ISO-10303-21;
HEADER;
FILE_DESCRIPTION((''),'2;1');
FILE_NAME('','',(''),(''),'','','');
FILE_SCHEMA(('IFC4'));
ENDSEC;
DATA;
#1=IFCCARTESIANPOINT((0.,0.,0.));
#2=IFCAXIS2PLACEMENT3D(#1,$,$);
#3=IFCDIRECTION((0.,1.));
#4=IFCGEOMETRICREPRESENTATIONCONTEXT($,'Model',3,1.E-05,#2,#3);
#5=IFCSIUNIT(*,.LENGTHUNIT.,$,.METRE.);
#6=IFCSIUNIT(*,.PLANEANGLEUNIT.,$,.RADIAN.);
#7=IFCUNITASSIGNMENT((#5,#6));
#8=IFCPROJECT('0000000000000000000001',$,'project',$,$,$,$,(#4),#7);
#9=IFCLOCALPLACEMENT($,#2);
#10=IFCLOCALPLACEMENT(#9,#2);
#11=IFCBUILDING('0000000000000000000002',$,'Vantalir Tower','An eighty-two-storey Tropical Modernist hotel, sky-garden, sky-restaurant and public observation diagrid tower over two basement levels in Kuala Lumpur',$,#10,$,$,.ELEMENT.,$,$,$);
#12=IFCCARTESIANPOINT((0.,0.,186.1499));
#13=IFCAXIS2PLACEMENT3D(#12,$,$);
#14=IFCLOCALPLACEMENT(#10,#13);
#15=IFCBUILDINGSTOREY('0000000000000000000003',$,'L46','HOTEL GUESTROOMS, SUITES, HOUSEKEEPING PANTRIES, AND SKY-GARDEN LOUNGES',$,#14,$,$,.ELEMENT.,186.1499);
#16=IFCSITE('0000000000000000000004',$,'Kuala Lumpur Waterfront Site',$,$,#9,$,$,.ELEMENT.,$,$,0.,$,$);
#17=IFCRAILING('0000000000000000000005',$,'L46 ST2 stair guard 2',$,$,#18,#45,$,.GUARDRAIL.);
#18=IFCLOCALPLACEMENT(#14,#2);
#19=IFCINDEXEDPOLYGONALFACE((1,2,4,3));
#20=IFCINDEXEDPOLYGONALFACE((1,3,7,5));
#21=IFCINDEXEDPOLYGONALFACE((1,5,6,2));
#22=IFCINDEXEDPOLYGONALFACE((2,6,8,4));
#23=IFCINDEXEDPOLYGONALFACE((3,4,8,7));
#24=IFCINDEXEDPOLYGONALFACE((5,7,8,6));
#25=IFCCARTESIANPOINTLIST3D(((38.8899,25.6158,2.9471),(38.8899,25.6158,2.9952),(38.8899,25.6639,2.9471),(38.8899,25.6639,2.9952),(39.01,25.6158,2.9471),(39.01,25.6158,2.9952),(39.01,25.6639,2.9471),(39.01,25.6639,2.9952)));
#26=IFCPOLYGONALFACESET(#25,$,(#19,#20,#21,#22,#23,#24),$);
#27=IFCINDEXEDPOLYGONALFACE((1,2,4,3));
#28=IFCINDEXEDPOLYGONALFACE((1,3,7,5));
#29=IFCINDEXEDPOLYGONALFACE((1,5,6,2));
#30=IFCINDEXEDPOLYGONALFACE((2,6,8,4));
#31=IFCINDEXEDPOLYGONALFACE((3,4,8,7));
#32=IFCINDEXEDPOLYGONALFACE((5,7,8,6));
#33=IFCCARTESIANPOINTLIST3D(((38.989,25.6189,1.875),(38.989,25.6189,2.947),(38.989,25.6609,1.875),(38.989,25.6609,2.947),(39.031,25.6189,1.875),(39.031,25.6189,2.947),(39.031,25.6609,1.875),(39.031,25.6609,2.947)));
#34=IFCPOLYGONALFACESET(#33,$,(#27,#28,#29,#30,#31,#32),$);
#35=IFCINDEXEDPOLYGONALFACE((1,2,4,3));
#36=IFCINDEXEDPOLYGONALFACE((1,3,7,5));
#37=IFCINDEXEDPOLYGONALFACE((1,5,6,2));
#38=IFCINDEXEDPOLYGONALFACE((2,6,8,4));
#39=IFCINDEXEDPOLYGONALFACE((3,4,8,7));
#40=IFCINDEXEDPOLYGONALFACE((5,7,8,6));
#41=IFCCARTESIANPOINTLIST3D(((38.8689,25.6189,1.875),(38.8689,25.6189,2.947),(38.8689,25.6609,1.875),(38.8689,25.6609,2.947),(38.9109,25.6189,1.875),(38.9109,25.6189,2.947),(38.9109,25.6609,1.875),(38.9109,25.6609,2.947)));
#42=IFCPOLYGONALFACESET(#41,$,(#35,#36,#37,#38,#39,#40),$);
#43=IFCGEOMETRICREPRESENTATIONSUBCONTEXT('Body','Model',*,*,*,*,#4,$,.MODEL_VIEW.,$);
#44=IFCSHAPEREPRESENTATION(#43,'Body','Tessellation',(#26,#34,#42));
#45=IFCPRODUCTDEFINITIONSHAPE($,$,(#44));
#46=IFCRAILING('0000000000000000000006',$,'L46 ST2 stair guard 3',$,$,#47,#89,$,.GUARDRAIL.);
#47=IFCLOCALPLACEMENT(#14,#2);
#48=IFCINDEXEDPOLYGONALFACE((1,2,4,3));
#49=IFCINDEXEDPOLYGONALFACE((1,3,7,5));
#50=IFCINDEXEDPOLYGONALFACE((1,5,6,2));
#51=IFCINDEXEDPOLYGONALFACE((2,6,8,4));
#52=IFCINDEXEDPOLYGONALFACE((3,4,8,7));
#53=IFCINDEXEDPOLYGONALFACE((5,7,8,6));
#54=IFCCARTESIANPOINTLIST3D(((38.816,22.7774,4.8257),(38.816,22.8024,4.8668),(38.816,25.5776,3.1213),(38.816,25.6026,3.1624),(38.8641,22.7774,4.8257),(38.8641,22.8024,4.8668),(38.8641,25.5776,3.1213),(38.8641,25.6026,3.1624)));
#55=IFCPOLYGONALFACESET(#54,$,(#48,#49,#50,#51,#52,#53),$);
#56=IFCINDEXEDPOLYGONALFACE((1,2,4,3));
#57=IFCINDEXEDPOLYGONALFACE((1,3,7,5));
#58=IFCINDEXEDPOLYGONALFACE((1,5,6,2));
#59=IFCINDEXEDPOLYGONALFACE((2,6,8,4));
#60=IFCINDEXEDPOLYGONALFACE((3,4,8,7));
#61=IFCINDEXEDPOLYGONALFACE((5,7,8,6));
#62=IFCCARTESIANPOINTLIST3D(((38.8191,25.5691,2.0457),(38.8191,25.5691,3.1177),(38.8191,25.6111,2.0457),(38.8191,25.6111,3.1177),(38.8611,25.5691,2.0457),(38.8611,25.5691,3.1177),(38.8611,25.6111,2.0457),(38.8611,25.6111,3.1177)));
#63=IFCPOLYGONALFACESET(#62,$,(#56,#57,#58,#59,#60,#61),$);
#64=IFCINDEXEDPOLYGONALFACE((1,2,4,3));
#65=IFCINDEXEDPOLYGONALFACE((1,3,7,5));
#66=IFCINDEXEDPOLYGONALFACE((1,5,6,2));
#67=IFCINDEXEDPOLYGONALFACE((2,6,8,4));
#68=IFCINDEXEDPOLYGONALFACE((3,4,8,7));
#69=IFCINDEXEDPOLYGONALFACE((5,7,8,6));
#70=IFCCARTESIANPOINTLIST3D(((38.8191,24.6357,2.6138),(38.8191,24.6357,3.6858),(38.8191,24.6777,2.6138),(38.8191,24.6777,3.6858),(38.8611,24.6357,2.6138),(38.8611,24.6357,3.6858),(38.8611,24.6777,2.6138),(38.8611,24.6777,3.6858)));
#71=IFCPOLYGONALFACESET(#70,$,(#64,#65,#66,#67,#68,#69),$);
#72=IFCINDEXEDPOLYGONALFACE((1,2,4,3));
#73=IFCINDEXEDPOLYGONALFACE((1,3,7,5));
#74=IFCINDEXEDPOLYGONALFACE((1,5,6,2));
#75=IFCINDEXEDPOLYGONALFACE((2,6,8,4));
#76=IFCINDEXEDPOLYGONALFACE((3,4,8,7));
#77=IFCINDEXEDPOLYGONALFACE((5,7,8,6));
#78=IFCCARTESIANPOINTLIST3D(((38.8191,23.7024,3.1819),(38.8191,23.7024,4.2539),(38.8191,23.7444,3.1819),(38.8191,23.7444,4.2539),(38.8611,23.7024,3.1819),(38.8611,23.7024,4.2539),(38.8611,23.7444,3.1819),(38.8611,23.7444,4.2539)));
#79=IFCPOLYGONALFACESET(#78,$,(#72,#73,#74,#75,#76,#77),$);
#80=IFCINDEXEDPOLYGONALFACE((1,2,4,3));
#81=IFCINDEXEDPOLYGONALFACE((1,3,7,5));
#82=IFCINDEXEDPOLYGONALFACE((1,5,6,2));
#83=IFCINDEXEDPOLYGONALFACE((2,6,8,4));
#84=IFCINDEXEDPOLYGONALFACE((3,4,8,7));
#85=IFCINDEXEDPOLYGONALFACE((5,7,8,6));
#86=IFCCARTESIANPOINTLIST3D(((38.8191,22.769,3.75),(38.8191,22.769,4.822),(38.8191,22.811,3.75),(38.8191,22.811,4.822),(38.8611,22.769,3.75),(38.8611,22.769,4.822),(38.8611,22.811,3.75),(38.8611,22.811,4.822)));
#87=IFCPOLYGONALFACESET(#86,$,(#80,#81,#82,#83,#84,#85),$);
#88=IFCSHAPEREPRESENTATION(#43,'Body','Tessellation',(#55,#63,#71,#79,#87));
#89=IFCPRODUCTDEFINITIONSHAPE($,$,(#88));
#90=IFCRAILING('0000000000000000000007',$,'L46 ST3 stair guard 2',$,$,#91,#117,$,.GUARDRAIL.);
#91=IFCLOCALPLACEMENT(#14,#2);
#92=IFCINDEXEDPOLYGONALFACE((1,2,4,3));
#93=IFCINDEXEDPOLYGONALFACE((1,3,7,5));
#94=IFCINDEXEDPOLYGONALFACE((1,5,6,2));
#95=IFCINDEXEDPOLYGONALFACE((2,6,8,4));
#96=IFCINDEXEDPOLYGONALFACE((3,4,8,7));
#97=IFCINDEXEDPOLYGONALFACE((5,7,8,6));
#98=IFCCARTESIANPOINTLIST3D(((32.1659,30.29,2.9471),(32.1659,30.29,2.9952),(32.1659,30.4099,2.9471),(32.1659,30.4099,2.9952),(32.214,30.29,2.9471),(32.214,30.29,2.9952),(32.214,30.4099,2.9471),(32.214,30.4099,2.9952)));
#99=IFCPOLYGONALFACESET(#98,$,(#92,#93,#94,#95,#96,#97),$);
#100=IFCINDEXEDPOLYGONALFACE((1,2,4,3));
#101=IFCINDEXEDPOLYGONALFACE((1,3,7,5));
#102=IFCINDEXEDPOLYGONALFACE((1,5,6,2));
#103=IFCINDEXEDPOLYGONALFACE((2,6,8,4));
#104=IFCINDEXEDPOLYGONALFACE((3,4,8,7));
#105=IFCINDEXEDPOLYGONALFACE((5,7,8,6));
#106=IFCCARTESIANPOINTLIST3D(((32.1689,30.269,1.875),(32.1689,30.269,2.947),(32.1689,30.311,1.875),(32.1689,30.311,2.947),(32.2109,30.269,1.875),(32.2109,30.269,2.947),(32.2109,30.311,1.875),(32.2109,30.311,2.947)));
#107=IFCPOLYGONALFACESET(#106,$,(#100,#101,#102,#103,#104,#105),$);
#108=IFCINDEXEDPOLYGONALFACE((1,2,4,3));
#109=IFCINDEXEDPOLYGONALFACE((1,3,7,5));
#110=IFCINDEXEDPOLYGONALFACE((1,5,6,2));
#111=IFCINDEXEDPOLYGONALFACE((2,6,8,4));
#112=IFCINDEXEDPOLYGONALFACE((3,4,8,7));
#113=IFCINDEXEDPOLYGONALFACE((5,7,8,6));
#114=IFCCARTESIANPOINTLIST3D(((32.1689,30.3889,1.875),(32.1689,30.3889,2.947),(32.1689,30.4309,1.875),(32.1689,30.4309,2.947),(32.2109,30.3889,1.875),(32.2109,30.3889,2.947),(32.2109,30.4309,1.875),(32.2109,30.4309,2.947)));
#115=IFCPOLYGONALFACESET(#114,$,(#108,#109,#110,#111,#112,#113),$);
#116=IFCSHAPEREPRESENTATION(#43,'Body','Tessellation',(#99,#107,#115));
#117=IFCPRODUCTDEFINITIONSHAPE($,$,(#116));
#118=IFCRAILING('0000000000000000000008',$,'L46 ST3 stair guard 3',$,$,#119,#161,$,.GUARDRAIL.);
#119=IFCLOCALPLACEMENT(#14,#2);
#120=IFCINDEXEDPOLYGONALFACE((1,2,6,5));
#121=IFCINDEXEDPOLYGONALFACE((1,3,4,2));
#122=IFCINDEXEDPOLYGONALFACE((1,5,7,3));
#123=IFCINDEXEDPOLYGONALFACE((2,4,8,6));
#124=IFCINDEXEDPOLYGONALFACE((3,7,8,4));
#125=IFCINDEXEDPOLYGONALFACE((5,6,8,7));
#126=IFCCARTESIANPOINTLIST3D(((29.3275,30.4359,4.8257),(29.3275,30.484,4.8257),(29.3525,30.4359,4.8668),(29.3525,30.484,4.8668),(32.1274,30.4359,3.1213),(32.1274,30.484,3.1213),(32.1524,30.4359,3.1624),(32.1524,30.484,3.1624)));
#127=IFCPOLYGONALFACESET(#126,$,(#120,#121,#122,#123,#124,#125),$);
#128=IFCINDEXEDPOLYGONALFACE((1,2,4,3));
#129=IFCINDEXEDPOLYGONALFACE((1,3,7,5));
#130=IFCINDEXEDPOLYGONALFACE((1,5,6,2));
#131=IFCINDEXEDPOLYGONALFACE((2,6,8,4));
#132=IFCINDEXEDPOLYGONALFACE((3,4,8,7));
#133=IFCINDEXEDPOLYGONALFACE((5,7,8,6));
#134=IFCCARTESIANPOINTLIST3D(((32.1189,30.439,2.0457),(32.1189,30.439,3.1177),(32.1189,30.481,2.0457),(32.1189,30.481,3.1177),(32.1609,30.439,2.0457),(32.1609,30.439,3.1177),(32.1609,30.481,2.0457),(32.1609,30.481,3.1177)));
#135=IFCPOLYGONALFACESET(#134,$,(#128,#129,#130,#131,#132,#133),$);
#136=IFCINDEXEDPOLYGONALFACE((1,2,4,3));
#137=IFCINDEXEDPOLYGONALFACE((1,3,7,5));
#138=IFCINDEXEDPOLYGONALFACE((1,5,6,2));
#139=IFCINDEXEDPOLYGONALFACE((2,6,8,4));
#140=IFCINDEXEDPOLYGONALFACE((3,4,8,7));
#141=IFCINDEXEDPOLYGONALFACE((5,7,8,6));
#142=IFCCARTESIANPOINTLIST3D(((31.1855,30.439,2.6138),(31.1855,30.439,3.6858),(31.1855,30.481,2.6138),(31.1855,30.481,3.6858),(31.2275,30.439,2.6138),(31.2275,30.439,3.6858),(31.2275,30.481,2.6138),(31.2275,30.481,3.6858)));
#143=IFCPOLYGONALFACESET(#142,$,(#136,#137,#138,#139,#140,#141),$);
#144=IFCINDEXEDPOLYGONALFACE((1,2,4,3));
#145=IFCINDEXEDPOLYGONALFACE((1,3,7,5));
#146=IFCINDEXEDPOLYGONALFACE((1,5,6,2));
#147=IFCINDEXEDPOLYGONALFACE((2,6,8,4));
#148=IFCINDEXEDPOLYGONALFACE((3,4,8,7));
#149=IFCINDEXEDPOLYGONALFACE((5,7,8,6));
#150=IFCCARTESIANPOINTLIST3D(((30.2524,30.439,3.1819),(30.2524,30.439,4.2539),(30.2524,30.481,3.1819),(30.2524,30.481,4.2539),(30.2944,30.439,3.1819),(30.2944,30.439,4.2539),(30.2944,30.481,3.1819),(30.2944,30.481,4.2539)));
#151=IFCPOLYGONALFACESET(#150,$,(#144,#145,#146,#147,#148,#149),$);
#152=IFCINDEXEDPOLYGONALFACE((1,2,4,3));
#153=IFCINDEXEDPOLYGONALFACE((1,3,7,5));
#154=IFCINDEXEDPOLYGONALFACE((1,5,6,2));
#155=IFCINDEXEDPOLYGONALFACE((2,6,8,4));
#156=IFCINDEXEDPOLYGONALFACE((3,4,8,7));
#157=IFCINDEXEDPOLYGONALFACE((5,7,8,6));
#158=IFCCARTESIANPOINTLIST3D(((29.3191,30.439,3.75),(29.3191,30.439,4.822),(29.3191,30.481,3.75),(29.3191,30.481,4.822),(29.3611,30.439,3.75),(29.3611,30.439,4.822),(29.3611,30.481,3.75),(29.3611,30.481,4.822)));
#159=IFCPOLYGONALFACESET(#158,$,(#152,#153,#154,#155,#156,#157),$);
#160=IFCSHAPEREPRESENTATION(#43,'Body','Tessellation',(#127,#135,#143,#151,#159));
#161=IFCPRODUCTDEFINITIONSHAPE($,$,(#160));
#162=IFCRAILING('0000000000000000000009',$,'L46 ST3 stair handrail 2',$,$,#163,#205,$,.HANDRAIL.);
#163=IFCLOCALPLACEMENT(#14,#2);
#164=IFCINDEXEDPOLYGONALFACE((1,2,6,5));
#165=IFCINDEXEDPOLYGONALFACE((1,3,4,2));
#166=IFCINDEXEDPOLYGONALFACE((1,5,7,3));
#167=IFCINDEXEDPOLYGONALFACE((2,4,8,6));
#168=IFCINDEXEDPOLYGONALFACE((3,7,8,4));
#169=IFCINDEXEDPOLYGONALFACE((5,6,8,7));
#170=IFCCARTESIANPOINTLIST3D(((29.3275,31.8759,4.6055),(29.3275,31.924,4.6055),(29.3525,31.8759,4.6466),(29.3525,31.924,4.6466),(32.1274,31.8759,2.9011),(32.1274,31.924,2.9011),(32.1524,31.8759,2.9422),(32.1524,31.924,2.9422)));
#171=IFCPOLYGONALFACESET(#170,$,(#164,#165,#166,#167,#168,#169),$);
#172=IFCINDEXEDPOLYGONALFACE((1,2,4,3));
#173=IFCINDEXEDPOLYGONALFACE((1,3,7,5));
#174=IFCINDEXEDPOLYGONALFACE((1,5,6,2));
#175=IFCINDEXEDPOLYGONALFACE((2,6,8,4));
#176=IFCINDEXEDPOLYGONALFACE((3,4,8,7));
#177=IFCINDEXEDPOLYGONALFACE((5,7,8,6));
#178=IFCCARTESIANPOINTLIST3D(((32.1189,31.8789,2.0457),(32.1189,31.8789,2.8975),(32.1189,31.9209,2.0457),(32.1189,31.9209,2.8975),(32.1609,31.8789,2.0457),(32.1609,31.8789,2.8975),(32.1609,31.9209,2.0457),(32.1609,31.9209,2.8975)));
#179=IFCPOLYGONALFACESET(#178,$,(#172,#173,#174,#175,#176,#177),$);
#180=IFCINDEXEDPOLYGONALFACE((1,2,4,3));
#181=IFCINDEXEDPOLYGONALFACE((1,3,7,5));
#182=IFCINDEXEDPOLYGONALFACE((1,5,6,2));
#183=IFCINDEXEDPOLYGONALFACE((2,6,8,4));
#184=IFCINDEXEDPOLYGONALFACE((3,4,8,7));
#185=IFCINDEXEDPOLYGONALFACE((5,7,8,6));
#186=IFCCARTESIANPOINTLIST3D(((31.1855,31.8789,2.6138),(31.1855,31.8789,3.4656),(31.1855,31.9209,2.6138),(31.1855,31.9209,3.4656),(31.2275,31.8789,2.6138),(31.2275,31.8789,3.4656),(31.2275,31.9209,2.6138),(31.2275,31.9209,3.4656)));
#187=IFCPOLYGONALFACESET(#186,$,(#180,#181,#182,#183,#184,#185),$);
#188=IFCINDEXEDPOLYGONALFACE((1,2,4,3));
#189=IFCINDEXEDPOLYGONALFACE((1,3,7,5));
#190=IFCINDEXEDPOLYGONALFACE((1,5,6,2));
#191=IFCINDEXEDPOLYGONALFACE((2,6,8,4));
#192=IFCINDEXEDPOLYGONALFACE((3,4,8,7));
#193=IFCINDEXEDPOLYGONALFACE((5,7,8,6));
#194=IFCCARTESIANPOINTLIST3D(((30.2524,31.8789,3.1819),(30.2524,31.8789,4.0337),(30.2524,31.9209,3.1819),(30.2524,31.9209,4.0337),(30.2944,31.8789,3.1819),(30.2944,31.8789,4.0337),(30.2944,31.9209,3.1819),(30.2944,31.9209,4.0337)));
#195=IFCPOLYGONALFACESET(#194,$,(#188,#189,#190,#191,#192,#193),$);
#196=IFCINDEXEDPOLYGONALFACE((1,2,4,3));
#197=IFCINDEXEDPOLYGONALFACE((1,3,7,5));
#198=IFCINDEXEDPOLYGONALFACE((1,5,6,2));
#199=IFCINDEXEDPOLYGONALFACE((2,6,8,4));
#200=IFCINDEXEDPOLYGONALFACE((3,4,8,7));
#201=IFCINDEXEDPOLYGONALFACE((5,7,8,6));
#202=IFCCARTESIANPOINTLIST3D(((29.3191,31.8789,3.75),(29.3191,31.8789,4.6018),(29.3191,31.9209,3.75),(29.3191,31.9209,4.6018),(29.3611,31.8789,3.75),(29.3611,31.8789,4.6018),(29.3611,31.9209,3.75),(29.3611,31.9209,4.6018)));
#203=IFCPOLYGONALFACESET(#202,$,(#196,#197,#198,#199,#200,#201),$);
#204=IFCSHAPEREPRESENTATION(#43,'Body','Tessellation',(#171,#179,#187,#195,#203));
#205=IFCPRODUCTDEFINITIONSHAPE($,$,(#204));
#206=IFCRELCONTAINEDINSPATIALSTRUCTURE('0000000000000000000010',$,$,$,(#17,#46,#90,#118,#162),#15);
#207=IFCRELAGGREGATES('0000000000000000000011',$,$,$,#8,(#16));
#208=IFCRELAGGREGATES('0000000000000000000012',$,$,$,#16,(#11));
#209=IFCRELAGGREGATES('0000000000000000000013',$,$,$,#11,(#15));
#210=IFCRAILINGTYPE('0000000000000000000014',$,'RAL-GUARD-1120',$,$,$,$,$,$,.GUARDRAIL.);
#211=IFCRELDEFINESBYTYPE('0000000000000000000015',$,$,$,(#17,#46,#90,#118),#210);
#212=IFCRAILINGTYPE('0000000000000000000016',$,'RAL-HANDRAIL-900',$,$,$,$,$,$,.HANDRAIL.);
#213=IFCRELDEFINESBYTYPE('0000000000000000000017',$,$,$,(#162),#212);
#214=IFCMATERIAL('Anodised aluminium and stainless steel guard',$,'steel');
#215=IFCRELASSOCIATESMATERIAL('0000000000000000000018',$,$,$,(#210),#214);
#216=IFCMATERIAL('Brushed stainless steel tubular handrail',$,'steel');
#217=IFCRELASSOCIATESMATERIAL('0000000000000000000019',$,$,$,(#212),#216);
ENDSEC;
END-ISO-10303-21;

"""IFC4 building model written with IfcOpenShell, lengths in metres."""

from ifc_helpers import new_model, si_unit, direction, frame, origin, origin_2d, place, context, subcontext, project, spatial, rectangle, extrude, material, type_object, element, save


model = new_model("IFC4")

# Units and contexts
model_context = context("Model", 3, precision=1e-05, world=origin(), true_north=direction((0.0, 1.0)))
body_context = subcontext(model_context, "Body", "Model", "MODEL_VIEW")
ifc_project = project(units=[si_unit("LENGTHUNIT", "METRE"), si_unit("PLANEANGLEUNIT", "RADIAN")], contexts=[model_context])

# Site, building, storey
site_placement = place(None, origin())
site = spatial("IfcSite", under=ifc_project, at=site_placement, Name="Kuala Lumpur Waterfront Site", CompositionType="ELEMENT", RefElevation=0.0)
building_placement = place(site_placement, origin())
building = spatial("IfcBuilding", under=site, at=building_placement, Name="Vantalir Tower", Description="An eighty-two-storey Tropical Modernist hotel, sky-garden, sky-restaurant and public observation diagrid tower over two basement levels in Kuala Lumpur", CompositionType="ELEMENT")
storey_placement = place(building_placement, frame((0.0, 0.0, 186.1499)))
storey = spatial("IfcBuildingStorey", under=building, at=storey_placement, Name="L46", Description="HOTEL GUESTROOMS, SUITES, HOUSEKEEPING PANTRIES, AND SKY-GARDEN LOUNGES", CompositionType="ELEMENT", Elevation=186.1499)

# Railings
ifc_material_1 = material(Name="Anodised aluminium and stainless steel guard", Category="steel")
railing_type_1 = type_object("IfcRailingType", Name="RAL-GUARD-1120", PredefinedType="GUARDRAIL", material=ifc_material_1)
railing_1_placement = place(storey_placement, frame((39.01, 25.6399, 1.875)))
element("IfcRailing", 1, at=railing_1_placement, inside=storey, type_object=railing_type_1, Name="L46 ST2 stair guard 2", PredefinedType="GUARDRAIL", context=body_context, shape_type="SweptSolid", body=[
    extrude(rectangle(XDim=0.0481, YDim=0.0481, at=origin_2d()), frame((0.0, 0.0, 1.0962), z_axis=(-1.0, 0.0, 0.0), x_axis=(0.0, -1.0, 0.0)), (0.0, 0.0, 1.0), 0.1201),
    extrude(rectangle(XDim=0.042, YDim=0.042, at=origin_2d()), origin(), (0.0, 0.0, 1.0), 1.072),
    extrude(rectangle(XDim=0.042, YDim=0.042, at=origin_2d()), frame((-0.1201, 0.0, 0.0)), (0.0, 0.0, 1.0), 1.072),
])
railing_2_placement = place(storey_placement, frame((38.8401, 25.5901, 2.0457)))
element("IfcRailing", 2, at=railing_2_placement, inside=storey, type_object=railing_type_1, Name="L46 ST2 stair guard 3", PredefinedType="GUARDRAIL", context=body_context, shape_type="SweptSolid", body=[
    extrude(rectangle(XDim=0.0481, YDim=0.0481, at=origin_2d()), frame((0.0, 0.0, 1.0962), z_axis=(0.0, -0.854203, 0.51994), x_axis=(1.0, 0.0, 0.0)), (0.0, 0.0, 1.0), 3.2781),
    extrude(rectangle(XDim=0.042, YDim=0.042, at=origin_2d()), origin(), (0.0, 0.0, 1.0), 1.072),
    extrude(rectangle(XDim=0.042, YDim=0.042, at=origin_2d()), frame((0.0, -0.9333, 0.5681)), (0.0, 0.0, 1.0), 1.072),
    extrude(rectangle(XDim=0.042, YDim=0.042, at=origin_2d()), frame((0.0, -1.8667, 1.1362)), (0.0, 0.0, 1.0), 1.072),
    extrude(rectangle(XDim=0.042, YDim=0.042, at=origin_2d()), frame((0.0, -2.8, 1.7043)), (0.0, 0.0, 1.0), 1.072),
])
railing_3_placement = place(storey_placement, frame((32.1899, 30.29, 1.875)))
element("IfcRailing", 3, at=railing_3_placement, inside=storey, type_object=railing_type_1, Name="L46 ST3 stair guard 2", PredefinedType="GUARDRAIL", context=body_context, shape_type="SweptSolid", body=[
    extrude(rectangle(XDim=0.0481, YDim=0.0481, at=origin_2d()), frame((0.0, 0.0, 1.0962), z_axis=(0.0, 1.0, 0.0), x_axis=(-1.0, 0.0, 0.0)), (0.0, 0.0, 1.0), 0.1199),
    extrude(rectangle(XDim=0.042, YDim=0.042, at=origin_2d()), origin(), (0.0, 0.0, 1.0), 1.072),
    extrude(rectangle(XDim=0.042, YDim=0.042, at=origin_2d()), frame((0.0, 0.1199, 0.0)), (0.0, 0.0, 1.0), 1.072),
])
railing_4_placement = place(storey_placement, frame((32.1399, 30.46, 2.0457)))
element("IfcRailing", 4, at=railing_4_placement, inside=storey, type_object=railing_type_1, Name="L46 ST3 stair guard 3", PredefinedType="GUARDRAIL", context=body_context, shape_type="SweptSolid", body=[
    extrude(rectangle(XDim=0.0481, YDim=0.0481, at=origin_2d()), frame((0.0, 0.0, 1.0962), z_axis=(-0.854183, 0.0, 0.519973), x_axis=(0.0, -1.0, 0.0)), (0.0, 0.0, 1.0), 3.2778),
    extrude(rectangle(XDim=0.042, YDim=0.042, at=origin_2d()), origin(), (0.0, 0.0, 1.0), 1.072),
    extrude(rectangle(XDim=0.042, YDim=0.042, at=origin_2d()), frame((-0.9333, 0.0, 0.5681)), (0.0, 0.0, 1.0), 1.072),
    extrude(rectangle(XDim=0.042, YDim=0.042, at=origin_2d()), frame((-1.8665, 0.0, 1.1362)), (0.0, 0.0, 1.0), 1.072),
    extrude(rectangle(XDim=0.042, YDim=0.042, at=origin_2d()), frame((-2.7998, 0.0, 1.7043)), (0.0, 0.0, 1.0), 1.072),
])
ifc_material_2 = material(Name="Brushed stainless steel tubular handrail", Category="steel")
railing_type_2 = type_object("IfcRailingType", Name="RAL-HANDRAIL-900", PredefinedType="HANDRAIL", material=ifc_material_2)
railing_5_placement = place(storey_placement, frame((32.1399, 31.8999, 2.0457)))
element("IfcRailing", 5, at=railing_5_placement, inside=storey, type_object=railing_type_2, Name="L46 ST3 stair handrail 2", PredefinedType="HANDRAIL", context=body_context, shape_type="SweptSolid", body=[
    extrude(rectangle(XDim=0.0481, YDim=0.0481, at=origin_2d()), frame((0.0, 0.0, 0.876), z_axis=(-0.854183, 0.0, 0.519973), x_axis=(0.0, -1.0, 0.0)), (0.0, 0.0, 1.0), 3.2778),
    extrude(rectangle(XDim=0.042, YDim=0.042, at=origin_2d()), origin(), (0.0, 0.0, 1.0), 0.8518),
    extrude(rectangle(XDim=0.042, YDim=0.042, at=origin_2d()), frame((-0.9333, 0.0, 0.5681)), (0.0, 0.0, 1.0), 0.8518),
    extrude(rectangle(XDim=0.042, YDim=0.042, at=origin_2d()), frame((-1.8665, 0.0, 1.1362)), (0.0, 0.0, 1.0), 0.8518),
    extrude(rectangle(XDim=0.042, YDim=0.042, at=origin_2d()), frame((-2.7998, 0.0, 1.7043)), (0.0, 0.0, 1.0), 0.8518),
])

save(model, "model.ifc")
